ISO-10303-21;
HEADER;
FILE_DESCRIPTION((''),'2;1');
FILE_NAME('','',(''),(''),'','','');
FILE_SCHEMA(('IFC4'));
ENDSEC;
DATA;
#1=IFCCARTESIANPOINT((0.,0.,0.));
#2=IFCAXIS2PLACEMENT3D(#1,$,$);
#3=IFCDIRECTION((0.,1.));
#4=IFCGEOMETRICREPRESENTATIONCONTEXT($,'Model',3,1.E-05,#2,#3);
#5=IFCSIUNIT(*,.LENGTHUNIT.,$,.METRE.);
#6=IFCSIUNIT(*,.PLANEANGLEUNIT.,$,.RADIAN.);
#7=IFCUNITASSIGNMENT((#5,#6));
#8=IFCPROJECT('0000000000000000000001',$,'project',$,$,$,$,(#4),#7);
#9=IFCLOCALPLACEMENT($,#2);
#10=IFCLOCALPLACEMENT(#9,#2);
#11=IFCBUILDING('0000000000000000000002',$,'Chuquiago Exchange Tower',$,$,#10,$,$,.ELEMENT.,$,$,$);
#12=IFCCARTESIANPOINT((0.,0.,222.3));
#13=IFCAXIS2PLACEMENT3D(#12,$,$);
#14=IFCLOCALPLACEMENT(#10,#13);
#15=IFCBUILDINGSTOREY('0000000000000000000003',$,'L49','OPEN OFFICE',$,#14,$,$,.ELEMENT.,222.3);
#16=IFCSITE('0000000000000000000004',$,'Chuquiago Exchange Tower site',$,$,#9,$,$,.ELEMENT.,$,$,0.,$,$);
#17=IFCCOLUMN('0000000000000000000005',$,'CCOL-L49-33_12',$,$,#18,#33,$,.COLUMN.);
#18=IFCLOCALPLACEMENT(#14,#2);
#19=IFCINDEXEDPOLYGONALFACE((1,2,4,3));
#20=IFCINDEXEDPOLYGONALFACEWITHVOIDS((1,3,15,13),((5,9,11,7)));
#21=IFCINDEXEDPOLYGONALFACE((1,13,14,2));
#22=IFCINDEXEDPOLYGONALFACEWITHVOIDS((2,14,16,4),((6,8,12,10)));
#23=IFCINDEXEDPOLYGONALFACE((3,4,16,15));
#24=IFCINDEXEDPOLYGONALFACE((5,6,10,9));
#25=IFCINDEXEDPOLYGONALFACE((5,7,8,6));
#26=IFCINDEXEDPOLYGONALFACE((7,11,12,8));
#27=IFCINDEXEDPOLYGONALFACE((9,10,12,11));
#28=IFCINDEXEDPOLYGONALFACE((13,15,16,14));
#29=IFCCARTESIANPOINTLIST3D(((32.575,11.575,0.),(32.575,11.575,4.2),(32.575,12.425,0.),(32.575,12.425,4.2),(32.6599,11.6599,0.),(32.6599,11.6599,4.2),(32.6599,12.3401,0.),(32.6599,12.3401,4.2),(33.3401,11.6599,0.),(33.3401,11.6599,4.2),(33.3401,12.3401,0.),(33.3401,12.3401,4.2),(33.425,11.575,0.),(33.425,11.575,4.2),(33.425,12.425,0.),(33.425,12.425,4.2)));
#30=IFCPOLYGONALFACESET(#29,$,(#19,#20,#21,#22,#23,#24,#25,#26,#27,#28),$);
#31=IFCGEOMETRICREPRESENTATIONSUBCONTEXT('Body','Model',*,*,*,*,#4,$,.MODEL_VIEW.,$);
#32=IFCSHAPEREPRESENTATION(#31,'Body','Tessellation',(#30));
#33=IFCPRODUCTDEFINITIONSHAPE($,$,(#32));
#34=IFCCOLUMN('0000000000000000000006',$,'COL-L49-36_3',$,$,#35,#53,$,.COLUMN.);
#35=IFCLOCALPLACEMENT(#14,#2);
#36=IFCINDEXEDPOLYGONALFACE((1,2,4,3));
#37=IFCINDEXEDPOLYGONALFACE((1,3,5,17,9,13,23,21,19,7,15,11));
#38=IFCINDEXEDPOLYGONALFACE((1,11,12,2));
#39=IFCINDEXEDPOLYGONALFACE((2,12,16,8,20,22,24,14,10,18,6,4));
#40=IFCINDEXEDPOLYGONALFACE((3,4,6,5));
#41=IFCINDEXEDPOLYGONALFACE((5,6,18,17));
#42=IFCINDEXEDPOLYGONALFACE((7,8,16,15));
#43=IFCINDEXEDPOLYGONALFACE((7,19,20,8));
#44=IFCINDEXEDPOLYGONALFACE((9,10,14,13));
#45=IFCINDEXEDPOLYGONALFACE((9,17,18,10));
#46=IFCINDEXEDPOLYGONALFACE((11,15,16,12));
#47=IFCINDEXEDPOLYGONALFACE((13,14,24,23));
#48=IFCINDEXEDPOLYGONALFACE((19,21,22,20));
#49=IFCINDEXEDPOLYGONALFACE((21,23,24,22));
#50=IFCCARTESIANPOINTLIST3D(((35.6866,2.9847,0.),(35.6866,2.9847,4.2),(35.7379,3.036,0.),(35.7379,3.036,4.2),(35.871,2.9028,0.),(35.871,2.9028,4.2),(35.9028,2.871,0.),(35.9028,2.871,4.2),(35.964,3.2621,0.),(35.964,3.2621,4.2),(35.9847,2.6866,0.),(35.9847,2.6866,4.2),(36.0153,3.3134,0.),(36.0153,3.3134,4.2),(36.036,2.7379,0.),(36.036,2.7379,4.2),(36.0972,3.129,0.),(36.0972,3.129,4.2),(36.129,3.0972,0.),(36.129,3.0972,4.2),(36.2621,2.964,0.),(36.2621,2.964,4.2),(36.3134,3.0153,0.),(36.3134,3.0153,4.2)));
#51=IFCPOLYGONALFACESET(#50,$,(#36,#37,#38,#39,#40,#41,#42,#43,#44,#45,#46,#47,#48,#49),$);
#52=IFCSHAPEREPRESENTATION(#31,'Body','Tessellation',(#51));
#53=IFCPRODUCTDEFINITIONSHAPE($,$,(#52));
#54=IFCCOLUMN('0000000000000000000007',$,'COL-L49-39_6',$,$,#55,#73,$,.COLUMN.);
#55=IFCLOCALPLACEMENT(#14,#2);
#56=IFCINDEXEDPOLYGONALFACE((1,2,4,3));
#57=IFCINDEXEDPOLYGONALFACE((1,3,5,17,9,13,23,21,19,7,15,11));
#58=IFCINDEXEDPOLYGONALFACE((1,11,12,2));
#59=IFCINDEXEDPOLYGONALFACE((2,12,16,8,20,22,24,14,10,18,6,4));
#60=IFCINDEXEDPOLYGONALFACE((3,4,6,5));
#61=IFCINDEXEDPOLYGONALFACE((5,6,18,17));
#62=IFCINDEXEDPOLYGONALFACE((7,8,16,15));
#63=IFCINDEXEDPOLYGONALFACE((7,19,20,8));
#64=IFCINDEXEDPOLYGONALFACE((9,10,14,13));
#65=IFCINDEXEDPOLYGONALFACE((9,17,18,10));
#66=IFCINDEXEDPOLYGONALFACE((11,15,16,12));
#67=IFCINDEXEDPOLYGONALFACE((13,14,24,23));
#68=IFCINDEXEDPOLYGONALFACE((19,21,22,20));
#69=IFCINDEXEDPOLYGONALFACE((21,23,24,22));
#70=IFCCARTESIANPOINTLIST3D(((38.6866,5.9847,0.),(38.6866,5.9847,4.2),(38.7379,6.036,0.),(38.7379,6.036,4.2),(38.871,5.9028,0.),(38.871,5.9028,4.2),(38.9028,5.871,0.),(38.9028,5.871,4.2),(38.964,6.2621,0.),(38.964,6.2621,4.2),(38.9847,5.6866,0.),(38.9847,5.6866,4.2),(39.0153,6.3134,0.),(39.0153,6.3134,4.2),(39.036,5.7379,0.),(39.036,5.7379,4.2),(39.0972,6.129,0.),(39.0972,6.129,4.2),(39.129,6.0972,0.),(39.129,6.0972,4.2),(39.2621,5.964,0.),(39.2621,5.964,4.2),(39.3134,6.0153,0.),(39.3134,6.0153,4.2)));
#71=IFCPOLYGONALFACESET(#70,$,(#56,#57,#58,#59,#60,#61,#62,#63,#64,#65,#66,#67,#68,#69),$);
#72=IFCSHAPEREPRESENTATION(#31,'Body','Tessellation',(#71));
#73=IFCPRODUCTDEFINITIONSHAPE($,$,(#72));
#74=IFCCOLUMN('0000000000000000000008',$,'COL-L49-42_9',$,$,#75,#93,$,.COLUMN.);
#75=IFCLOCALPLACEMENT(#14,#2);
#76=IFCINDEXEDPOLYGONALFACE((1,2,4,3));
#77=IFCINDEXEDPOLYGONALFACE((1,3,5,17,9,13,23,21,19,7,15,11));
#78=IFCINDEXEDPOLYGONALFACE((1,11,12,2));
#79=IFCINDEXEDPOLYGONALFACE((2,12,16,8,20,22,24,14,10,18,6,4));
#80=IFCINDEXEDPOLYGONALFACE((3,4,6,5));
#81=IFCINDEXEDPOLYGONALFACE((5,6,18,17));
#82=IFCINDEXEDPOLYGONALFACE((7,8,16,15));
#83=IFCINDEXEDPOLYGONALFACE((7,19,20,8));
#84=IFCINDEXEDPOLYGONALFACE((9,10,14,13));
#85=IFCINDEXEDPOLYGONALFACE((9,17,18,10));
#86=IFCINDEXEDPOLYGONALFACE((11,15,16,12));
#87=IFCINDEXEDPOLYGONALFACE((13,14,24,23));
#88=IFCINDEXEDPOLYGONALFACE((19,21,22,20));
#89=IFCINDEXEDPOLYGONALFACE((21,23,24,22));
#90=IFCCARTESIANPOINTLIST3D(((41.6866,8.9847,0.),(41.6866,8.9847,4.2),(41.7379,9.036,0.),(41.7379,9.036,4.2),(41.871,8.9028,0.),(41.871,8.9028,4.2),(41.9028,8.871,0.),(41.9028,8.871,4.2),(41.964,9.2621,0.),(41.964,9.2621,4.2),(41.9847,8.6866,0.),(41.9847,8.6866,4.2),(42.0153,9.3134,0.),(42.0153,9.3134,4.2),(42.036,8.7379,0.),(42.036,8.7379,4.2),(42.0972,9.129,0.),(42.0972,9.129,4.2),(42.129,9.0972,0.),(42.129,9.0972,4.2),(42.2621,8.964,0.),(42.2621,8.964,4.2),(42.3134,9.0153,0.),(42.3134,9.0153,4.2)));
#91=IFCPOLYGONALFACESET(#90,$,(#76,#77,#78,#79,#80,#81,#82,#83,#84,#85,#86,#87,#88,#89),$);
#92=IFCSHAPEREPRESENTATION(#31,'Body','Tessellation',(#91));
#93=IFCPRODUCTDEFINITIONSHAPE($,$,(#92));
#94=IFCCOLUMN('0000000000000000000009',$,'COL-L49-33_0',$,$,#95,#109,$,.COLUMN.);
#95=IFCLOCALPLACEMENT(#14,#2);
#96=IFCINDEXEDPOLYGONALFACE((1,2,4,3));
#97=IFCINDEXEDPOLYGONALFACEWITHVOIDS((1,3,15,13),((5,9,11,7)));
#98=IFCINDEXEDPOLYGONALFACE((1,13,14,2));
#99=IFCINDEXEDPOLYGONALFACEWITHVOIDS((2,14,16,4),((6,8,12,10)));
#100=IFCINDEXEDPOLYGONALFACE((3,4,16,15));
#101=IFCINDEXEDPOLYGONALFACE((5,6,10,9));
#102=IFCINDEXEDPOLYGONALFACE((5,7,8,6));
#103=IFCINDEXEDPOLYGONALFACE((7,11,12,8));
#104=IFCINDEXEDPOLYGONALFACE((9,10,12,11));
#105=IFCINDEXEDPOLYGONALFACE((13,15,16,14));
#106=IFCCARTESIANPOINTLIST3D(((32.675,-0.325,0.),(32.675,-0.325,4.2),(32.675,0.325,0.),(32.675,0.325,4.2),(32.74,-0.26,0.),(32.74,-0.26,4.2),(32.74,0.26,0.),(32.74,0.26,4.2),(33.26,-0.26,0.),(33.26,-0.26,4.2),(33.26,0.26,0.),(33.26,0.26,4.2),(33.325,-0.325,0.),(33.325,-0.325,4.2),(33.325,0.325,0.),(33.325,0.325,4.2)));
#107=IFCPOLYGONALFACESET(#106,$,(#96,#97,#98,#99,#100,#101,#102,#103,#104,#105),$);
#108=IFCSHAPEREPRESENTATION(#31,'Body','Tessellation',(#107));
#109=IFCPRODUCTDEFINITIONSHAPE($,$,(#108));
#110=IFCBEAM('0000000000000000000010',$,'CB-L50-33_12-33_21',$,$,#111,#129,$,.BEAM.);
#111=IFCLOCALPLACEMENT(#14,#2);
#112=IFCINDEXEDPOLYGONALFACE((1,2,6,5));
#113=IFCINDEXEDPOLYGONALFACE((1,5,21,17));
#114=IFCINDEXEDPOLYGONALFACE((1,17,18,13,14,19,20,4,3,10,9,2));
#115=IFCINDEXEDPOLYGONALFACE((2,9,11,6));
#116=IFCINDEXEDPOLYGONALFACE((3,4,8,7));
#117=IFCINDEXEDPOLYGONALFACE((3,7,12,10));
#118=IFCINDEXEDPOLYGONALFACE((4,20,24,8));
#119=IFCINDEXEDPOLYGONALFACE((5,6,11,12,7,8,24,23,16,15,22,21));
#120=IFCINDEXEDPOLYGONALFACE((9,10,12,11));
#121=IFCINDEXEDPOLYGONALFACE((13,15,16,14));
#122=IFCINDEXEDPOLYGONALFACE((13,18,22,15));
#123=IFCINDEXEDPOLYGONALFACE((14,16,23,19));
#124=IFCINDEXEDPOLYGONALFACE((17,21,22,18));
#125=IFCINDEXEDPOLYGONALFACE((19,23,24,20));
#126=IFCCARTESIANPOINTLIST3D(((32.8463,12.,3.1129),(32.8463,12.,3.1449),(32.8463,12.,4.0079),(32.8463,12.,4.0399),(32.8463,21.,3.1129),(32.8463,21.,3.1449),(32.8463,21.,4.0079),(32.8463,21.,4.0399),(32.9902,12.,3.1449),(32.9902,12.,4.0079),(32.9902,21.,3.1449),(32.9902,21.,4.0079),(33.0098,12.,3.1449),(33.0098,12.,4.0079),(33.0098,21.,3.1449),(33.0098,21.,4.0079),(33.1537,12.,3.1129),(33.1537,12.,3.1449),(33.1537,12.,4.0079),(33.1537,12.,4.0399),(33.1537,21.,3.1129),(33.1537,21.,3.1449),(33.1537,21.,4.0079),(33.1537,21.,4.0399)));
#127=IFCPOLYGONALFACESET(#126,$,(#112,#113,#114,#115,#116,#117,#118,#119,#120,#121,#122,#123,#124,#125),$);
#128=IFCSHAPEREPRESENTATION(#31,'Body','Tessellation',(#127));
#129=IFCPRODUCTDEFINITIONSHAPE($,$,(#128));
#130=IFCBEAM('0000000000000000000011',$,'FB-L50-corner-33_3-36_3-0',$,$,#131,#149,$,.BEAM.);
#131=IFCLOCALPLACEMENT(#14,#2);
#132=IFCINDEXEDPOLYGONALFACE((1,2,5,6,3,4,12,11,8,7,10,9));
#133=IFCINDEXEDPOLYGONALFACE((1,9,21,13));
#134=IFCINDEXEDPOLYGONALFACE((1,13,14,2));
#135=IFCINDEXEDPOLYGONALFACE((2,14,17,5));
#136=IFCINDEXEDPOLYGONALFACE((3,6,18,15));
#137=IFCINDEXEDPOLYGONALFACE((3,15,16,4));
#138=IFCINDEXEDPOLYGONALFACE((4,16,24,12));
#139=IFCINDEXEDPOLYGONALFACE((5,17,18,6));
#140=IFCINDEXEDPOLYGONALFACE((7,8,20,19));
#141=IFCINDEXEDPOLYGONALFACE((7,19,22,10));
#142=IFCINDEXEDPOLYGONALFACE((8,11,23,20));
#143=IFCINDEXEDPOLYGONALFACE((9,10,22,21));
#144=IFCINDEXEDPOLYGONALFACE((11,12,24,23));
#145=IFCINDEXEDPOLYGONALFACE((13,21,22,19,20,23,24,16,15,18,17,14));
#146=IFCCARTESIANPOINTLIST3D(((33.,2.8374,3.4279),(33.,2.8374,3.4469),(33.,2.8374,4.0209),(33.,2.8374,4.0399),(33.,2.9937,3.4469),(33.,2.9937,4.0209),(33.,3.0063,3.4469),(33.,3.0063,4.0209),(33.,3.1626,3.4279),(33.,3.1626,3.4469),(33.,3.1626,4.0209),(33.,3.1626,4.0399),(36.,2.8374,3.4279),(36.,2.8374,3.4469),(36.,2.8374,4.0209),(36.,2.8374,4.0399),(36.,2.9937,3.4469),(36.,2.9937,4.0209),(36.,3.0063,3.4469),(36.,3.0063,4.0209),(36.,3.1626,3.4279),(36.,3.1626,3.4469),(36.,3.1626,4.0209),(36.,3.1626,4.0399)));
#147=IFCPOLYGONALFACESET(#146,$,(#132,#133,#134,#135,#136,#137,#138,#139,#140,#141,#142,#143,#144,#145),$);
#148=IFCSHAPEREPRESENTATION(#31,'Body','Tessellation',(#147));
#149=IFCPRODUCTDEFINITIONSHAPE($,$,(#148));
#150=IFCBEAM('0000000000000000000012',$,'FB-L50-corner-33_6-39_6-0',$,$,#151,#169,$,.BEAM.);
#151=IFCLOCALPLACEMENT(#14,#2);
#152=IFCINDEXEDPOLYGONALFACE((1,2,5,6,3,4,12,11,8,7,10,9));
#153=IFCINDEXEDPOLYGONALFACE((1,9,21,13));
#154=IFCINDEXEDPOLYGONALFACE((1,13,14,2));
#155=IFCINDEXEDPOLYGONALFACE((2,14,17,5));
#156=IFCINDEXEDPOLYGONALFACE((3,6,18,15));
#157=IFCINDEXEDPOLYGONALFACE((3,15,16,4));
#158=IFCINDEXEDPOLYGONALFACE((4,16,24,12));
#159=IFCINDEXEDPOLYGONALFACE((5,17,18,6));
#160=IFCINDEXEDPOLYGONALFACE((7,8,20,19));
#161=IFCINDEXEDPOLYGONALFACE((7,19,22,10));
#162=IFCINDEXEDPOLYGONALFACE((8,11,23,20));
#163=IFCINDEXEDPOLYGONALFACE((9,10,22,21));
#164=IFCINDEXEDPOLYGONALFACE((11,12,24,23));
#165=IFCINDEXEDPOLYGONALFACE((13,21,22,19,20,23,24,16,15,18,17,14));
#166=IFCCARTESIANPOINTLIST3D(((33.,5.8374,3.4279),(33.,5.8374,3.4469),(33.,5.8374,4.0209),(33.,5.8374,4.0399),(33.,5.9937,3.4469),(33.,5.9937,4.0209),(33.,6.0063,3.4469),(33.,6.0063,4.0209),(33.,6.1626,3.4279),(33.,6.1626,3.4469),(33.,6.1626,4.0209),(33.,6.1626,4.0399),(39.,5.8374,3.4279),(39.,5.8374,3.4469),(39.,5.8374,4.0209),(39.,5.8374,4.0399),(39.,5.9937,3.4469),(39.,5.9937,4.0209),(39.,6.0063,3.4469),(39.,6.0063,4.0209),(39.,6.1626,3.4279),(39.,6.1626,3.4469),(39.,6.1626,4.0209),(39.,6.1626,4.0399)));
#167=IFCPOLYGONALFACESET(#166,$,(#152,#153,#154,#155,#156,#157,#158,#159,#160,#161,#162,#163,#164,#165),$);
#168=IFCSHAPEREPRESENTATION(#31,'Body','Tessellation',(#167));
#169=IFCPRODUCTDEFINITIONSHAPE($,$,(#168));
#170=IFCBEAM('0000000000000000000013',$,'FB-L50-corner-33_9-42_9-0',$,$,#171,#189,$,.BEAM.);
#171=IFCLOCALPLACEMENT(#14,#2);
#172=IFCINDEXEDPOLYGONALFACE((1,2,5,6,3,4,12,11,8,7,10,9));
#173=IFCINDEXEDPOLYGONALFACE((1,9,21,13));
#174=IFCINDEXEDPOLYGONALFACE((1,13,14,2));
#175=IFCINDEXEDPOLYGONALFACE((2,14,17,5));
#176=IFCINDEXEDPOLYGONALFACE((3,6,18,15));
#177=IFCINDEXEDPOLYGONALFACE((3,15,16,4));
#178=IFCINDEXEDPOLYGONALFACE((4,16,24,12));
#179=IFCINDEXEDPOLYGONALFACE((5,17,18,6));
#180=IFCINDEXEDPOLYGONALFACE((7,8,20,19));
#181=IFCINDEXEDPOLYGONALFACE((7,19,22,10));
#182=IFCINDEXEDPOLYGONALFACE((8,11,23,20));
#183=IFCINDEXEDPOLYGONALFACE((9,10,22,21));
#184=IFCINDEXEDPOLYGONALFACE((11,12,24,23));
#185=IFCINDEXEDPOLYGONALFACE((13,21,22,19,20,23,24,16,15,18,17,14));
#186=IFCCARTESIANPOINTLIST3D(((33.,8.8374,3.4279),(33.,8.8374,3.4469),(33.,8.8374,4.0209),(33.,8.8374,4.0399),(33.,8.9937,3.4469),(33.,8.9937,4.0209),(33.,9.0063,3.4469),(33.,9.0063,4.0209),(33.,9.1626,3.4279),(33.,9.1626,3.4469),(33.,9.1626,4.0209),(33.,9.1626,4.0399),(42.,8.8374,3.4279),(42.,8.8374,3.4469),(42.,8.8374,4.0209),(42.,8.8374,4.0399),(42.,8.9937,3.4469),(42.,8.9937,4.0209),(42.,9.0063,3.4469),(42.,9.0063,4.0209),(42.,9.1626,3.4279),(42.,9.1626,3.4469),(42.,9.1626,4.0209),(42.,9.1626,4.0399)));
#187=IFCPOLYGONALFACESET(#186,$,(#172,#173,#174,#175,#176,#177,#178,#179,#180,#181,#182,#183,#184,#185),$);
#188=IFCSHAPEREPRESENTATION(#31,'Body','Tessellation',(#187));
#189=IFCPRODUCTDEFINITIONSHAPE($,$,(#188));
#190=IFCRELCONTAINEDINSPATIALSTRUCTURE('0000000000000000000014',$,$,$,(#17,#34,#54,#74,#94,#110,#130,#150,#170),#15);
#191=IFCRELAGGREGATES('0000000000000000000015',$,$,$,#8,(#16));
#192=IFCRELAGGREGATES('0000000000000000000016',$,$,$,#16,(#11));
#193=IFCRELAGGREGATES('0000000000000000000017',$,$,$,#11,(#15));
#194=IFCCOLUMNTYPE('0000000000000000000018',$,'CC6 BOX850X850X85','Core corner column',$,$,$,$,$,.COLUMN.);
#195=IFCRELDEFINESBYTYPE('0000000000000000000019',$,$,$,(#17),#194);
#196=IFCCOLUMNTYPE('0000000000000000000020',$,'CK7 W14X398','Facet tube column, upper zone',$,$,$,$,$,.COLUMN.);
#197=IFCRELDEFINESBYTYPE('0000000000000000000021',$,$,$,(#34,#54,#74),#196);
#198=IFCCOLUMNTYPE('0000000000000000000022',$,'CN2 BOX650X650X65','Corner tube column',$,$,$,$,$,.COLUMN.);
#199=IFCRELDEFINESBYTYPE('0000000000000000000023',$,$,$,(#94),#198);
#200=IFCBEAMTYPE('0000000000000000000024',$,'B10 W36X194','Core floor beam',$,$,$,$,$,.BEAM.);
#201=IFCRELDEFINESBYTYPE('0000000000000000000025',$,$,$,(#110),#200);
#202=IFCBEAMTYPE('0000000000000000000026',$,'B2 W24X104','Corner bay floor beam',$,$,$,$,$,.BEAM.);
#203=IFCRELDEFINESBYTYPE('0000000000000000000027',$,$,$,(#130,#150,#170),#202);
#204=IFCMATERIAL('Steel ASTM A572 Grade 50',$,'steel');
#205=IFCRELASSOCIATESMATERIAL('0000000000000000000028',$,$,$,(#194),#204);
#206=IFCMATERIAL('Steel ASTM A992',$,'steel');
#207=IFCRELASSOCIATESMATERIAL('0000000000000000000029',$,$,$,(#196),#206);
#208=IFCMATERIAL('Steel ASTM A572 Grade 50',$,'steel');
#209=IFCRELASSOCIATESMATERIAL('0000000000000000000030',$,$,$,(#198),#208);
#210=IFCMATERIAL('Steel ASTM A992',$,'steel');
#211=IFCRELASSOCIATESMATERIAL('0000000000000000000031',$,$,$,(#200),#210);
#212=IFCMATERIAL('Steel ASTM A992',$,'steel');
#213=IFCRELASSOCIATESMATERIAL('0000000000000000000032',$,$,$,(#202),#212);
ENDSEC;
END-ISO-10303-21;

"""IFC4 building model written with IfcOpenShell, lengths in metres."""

from ifc_helpers import new_model, si_unit, direction, frame, origin, origin_2d, place, context, subcontext, project, spatial, hollow_rectangle, i_section, extrude, material, material_profile, profile_set, type_object, element, save


model = new_model("IFC4")

# Units and contexts
model_context = context("Model", 3, precision=1e-05, world=origin(), true_north=direction((0.0, 1.0)))
body_context = subcontext(model_context, "Body", "Model", "MODEL_VIEW")
ifc_project = project(units=[si_unit("LENGTHUNIT", "METRE"), si_unit("PLANEANGLEUNIT", "RADIAN")], contexts=[model_context])

# Site, building, storey
site_placement = place(None, origin())
site = spatial("IfcSite", under=ifc_project, at=site_placement, Name="Chuquiago Exchange Tower site", CompositionType="ELEMENT", RefElevation=0.0)
building_placement = place(site_placement, origin())
building = spatial("IfcBuilding", under=site, at=building_placement, Name="Chuquiago Exchange Tower", CompositionType="ELEMENT")
storey_placement = place(building_placement, frame((0.0, 0.0, 222.3)))
storey = spatial("IfcBuildingStorey", under=building, at=storey_placement, Name="L49", Description="OPEN OFFICE", CompositionType="ELEMENT", Elevation=222.3)

# Columns
ifc_material_1 = material(Name="Steel ASTM A572 Grade 50", Category="steel")
ifc_material_profile_1 = material_profile(ifc_material_1, hollow_rectangle(XDim=0.8501, YDim=0.8501, WallThickness=0.085, at=origin_2d()), Name="BOX850X850X85")
ifc_profile_set_1 = profile_set([ifc_material_profile_1], Name="Steel ASTM A572 Grade 50")
column_type_1 = type_object("IfcColumnType", Name="CC6 BOX850X850X85", Description="Core corner column", PredefinedType="COLUMN", material=ifc_profile_set_1)
column_1_placement = place(storey_placement, frame((33.0, 12.0, 0.0), z_axis=(0.0, 0.0, 1.0), x_axis=(1.0, 0.0, 0.0)))
element("IfcColumn", 1, at=column_1_placement, inside=storey, type_object=column_type_1, Name="CCOL-L49-33_12", PredefinedType="COLUMN", context=body_context, shape_type="SweptSolid", body=[
    extrude(hollow_rectangle(XDim=0.8501, YDim=0.8501, WallThickness=0.085, at=origin_2d()), origin(), (0.0, 0.0, 1.0), 4.2),
])
ifc_material_2 = material(Name="Steel ASTM A992", Category="steel")
ifc_material_profile_2 = material_profile(ifc_material_2, i_section(OverallWidth=0.4216, OverallDepth=0.4648, WebThickness=0.0449, FlangeThickness=0.0725, at=origin_2d()), Name="W14X398")
ifc_profile_set_2 = profile_set([ifc_material_profile_2], Name="Steel ASTM A992")
column_type_2 = type_object("IfcColumnType", Name="CK7 W14X398", Description="Facet tube column, upper zone", PredefinedType="COLUMN", material=ifc_profile_set_2)
for number, where, z_axis, x_axis, name in (
    (2, (36.0, 3.0, 0.0), (0.0, 0.0, 1.0), (0.707107, -0.707107, 0.0), "COL-L49-36_3"),
    (3, (39.0, 6.0, 0.0), (0.0, 0.0, 1.0), (0.707107, -0.707107, 0.0), "COL-L49-39_6"),
    (4, (42.0, 9.0, 0.0), (0.0, 0.0, 1.0), (0.707107, -0.707107, 0.0), "COL-L49-42_9"),
):
    element("IfcColumn", number, at=place(storey_placement, frame(where, z_axis=z_axis, x_axis=x_axis)), inside=storey, type_object=column_type_2, Name=name, PredefinedType="COLUMN", context=body_context, shape_type="SweptSolid", body=[
        extrude(i_section(OverallWidth=0.4216, OverallDepth=0.4648, WebThickness=0.0449, FlangeThickness=0.0725, at=origin_2d()), origin(), (0.0, 0.0, 1.0), 4.2),
    ])
ifc_material_3 = material(Name="Steel ASTM A572 Grade 50", Category="steel")
ifc_material_profile_3 = material_profile(ifc_material_3, hollow_rectangle(XDim=0.6499, YDim=0.6499, WallThickness=0.0649, at=origin_2d()), Name="BOX650X650X65")
ifc_profile_set_3 = profile_set([ifc_material_profile_3], Name="Steel ASTM A572 Grade 50")
column_type_3 = type_object("IfcColumnType", Name="CN2 BOX650X650X65", Description="Corner tube column", PredefinedType="COLUMN", material=ifc_profile_set_3)
column_2_placement = place(storey_placement, frame((33.0, 0.0, 0.0), z_axis=(0.0, 0.0, 1.0), x_axis=(0.0, -1.0, 0.0)))
element("IfcColumn", 5, at=column_2_placement, inside=storey, type_object=column_type_3, Name="COL-L49-33_0", PredefinedType="COLUMN", context=body_context, shape_type="SweptSolid", body=[
    extrude(hollow_rectangle(XDim=0.6499, YDim=0.6499, WallThickness=0.0649, at=origin_2d()), origin(), (0.0, 0.0, 1.0), 4.2),
])

# Beams
ifc_material_4 = material(Name="Steel ASTM A992", Category="steel")
ifc_material_profile_4 = material_profile(ifc_material_4, i_section(OverallWidth=0.3074, OverallDepth=0.927, WebThickness=0.0195, FlangeThickness=0.032, at=origin_2d()), Name="W36X194")
ifc_profile_set_4 = profile_set([ifc_material_profile_4], Name="Steel ASTM A992")
beam_type_1 = type_object("IfcBeamType", Name="B10 W36X194", Description="Core floor beam", PredefinedType="BEAM", material=ifc_profile_set_4)
beam_1_placement = place(storey_placement, frame((33.0, 12.0, 3.5764), z_axis=(0.0, 1.0, 0.0), x_axis=(-1.0, 0.0, 0.0)))
element("IfcBeam", 6, at=beam_1_placement, inside=storey, type_object=beam_type_1, Name="CB-L50-33_12-33_21", PredefinedType="BEAM", context=body_context, shape_type="SweptSolid", body=[
    extrude(i_section(OverallWidth=0.3074, OverallDepth=0.927, WebThickness=0.0195, FlangeThickness=0.032, at=origin_2d()), origin(), (0.0, 0.0, 1.0), 9.0),
])
ifc_material_5 = material(Name="Steel ASTM A992", Category="steel")
ifc_material_profile_5 = material_profile(ifc_material_5, i_section(OverallWidth=0.3252, OverallDepth=0.6121, WebThickness=0.0127, FlangeThickness=0.019, at=origin_2d()), Name="W24X104")
ifc_profile_set_5 = profile_set([ifc_material_profile_5], Name="Steel ASTM A992")
beam_type_2 = type_object("IfcBeamType", Name="B2 W24X104", Description="Corner bay floor beam", PredefinedType="BEAM", material=ifc_profile_set_5)
beam_2_placement = place(storey_placement, frame((33.0, 3.0, 3.7339), z_axis=(1.0, 0.0, 0.0), x_axis=(0.0, 1.0, 0.0)))
element("IfcBeam", 7, at=beam_2_placement, inside=storey, type_object=beam_type_2, Name="FB-L50-corner-33_3-36_3-0", PredefinedType="BEAM", context=body_context, shape_type="SweptSolid", body=[
    extrude(i_section(OverallWidth=0.3252, OverallDepth=0.6121, WebThickness=0.0127, FlangeThickness=0.019, at=origin_2d()), origin(), (0.0, 0.0, 1.0), 3.0),
])
beam_3_placement = place(storey_placement, frame((33.0, 6.0, 3.7339), z_axis=(1.0, 0.0, 0.0), x_axis=(0.0, 1.0, 0.0)))
element("IfcBeam", 8, at=beam_3_placement, inside=storey, type_object=beam_type_2, Name="FB-L50-corner-33_6-39_6-0", PredefinedType="BEAM", context=body_context, shape_type="SweptSolid", body=[
    extrude(i_section(OverallWidth=0.3252, OverallDepth=0.6121, WebThickness=0.0127, FlangeThickness=0.019, at=origin_2d()), origin(), (0.0, 0.0, 1.0), 6.0),
])
beam_4_placement = place(storey_placement, frame((33.0, 9.0, 3.7339), z_axis=(1.0, 0.0, 0.0), x_axis=(0.0, 1.0, 0.0)))
element("IfcBeam", 9, at=beam_4_placement, inside=storey, type_object=beam_type_2, Name="FB-L50-corner-33_9-42_9-0", PredefinedType="BEAM", context=body_context, shape_type="SweptSolid", body=[
    extrude(i_section(OverallWidth=0.3252, OverallDepth=0.6121, WebThickness=0.0127, FlangeThickness=0.019, at=origin_2d()), origin(), (0.0, 0.0, 1.0), 9.0),
])

save(model, "model.ifc")
